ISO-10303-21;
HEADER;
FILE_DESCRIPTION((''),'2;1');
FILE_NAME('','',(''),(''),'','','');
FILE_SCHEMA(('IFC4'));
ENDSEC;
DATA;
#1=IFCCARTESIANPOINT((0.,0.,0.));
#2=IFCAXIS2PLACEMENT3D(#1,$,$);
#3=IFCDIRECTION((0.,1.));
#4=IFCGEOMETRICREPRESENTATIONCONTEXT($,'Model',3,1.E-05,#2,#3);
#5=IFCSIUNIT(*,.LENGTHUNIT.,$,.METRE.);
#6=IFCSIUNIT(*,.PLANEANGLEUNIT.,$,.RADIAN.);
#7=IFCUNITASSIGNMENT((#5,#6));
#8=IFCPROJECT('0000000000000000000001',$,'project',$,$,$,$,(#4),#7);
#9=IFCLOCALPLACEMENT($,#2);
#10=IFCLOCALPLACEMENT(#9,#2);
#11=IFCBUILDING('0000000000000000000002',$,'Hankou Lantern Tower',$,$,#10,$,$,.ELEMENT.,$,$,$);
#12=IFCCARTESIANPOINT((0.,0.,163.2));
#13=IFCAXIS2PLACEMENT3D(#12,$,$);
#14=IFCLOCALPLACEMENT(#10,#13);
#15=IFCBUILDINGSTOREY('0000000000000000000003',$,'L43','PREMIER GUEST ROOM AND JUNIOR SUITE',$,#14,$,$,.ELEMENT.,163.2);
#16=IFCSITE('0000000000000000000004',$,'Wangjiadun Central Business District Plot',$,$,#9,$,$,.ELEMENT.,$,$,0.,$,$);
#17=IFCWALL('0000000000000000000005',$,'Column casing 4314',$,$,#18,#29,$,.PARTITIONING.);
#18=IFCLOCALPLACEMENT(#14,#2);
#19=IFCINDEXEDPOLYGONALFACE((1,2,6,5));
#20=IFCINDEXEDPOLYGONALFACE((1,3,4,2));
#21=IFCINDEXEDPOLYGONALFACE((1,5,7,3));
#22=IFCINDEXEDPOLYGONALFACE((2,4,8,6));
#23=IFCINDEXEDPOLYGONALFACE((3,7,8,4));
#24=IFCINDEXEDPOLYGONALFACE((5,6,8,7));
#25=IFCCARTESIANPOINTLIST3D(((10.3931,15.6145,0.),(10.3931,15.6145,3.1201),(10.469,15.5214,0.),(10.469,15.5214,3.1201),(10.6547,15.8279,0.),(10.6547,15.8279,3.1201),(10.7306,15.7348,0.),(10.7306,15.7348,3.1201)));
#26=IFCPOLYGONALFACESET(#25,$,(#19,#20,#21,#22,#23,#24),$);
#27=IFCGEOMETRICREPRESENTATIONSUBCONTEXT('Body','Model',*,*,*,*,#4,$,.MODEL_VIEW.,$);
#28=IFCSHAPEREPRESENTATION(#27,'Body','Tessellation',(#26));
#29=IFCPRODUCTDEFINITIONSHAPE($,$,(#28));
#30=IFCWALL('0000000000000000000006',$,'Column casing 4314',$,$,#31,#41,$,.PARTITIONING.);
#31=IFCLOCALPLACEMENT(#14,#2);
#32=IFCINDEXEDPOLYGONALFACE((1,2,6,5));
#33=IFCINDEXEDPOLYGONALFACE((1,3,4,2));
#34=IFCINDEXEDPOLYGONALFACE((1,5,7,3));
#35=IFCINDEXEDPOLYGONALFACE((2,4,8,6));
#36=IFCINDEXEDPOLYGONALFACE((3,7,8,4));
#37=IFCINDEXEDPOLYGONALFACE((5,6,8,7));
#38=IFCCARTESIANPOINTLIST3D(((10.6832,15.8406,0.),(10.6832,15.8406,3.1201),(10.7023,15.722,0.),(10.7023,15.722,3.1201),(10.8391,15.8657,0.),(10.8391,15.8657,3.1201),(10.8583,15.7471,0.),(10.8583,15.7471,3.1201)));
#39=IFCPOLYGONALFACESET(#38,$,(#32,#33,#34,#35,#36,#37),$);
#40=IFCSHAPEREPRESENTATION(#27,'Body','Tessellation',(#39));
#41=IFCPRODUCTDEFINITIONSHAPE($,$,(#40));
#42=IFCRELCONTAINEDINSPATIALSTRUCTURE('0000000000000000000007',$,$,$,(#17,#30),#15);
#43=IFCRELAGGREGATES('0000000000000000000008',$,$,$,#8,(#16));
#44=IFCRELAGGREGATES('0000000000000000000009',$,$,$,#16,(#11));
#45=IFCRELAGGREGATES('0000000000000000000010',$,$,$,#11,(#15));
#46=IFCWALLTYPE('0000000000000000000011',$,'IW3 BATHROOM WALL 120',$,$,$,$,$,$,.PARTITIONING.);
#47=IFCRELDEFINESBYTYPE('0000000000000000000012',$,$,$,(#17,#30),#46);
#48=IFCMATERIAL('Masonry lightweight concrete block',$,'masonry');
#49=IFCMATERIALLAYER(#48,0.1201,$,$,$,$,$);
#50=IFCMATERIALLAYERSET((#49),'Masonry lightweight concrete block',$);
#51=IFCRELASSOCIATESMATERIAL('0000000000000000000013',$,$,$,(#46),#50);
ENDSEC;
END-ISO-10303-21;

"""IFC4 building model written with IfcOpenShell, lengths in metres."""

from ifc_helpers import new_model, si_unit, direction, frame, frame_2d, origin, place, context, subcontext, project, spatial, rectangle, extrude, material, layer, layer_set, type_object, element, save


model = new_model("IFC4")

# Units and contexts
model_context = context("Model", 3, precision=1e-05, world=origin(), true_north=direction((0.0, 1.0)))
body_context = subcontext(model_context, "Body", "Model", "MODEL_VIEW")
ifc_project = project(units=[si_unit("LENGTHUNIT", "METRE"), si_unit("PLANEANGLEUNIT", "RADIAN")], contexts=[model_context])

# Site, building, storey
site_placement = place(None, origin())
site = spatial("IfcSite", under=ifc_project, at=site_placement, Name="Wangjiadun Central Business District Plot", CompositionType="ELEMENT", RefElevation=0.0)
building_placement = place(site_placement, origin())
building = spatial("IfcBuilding", under=site, at=building_placement, Name="Hankou Lantern Tower", CompositionType="ELEMENT")
storey_placement = place(building_placement, frame((0.0, 0.0, 163.2)))
storey = spatial("IfcBuildingStorey", under=building, at=storey_placement, Name="L43", Description="PREMIER GUEST ROOM AND JUNIOR SUITE", CompositionType="ELEMENT", Elevation=163.2)

# Walls
ifc_material_1 = material(Name="Masonry lightweight concrete block", Category="masonry")
ifc_layer_1 = layer(ifc_material_1, 0.1201)
ifc_layer_set_1 = layer_set([ifc_layer_1], Name="Masonry lightweight concrete block")
wall_type_1 = type_object("IfcWallType", Name="IW3 BATHROOM WALL 120", PredefinedType="PARTITIONING", material=ifc_layer_set_1)
wall_1_placement = place(storey_placement, frame((10.4309, 15.5679, 0.0), z_axis=(0.0, 0.0, 1.0), x_axis=(0.775051, 0.631898, 0.0)))
element("IfcWall", 1, at=wall_1_placement, inside=storey, type_object=wall_type_1, Name="Column casing 4314", PredefinedType="PARTITIONING", context=body_context, shape_type="SweptSolid", body=[
    extrude(rectangle(XDim=0.3376, YDim=0.1201, at=frame_2d((0.1689, 0.0))), origin(), (0.0, 0.0, 1.0), 3.1201),
])
wall_2_placement = place(storey_placement, frame((10.6926, 15.7812, 0.0), z_axis=(0.0, 0.0, 1.0), x_axis=(0.987257, 0.159135, 0.0)))
element("IfcWall", 2, at=wall_2_placement, inside=storey, type_object=wall_type_1, Name="Column casing 4314", PredefinedType="PARTITIONING", context=body_context, shape_type="SweptSolid", body=[
    extrude(rectangle(XDim=0.158, YDim=0.1201, at=frame_2d((0.0791, 0.0))), origin(), (0.0, 0.0, 1.0), 3.1201),
])

save(model, "model.ifc")
